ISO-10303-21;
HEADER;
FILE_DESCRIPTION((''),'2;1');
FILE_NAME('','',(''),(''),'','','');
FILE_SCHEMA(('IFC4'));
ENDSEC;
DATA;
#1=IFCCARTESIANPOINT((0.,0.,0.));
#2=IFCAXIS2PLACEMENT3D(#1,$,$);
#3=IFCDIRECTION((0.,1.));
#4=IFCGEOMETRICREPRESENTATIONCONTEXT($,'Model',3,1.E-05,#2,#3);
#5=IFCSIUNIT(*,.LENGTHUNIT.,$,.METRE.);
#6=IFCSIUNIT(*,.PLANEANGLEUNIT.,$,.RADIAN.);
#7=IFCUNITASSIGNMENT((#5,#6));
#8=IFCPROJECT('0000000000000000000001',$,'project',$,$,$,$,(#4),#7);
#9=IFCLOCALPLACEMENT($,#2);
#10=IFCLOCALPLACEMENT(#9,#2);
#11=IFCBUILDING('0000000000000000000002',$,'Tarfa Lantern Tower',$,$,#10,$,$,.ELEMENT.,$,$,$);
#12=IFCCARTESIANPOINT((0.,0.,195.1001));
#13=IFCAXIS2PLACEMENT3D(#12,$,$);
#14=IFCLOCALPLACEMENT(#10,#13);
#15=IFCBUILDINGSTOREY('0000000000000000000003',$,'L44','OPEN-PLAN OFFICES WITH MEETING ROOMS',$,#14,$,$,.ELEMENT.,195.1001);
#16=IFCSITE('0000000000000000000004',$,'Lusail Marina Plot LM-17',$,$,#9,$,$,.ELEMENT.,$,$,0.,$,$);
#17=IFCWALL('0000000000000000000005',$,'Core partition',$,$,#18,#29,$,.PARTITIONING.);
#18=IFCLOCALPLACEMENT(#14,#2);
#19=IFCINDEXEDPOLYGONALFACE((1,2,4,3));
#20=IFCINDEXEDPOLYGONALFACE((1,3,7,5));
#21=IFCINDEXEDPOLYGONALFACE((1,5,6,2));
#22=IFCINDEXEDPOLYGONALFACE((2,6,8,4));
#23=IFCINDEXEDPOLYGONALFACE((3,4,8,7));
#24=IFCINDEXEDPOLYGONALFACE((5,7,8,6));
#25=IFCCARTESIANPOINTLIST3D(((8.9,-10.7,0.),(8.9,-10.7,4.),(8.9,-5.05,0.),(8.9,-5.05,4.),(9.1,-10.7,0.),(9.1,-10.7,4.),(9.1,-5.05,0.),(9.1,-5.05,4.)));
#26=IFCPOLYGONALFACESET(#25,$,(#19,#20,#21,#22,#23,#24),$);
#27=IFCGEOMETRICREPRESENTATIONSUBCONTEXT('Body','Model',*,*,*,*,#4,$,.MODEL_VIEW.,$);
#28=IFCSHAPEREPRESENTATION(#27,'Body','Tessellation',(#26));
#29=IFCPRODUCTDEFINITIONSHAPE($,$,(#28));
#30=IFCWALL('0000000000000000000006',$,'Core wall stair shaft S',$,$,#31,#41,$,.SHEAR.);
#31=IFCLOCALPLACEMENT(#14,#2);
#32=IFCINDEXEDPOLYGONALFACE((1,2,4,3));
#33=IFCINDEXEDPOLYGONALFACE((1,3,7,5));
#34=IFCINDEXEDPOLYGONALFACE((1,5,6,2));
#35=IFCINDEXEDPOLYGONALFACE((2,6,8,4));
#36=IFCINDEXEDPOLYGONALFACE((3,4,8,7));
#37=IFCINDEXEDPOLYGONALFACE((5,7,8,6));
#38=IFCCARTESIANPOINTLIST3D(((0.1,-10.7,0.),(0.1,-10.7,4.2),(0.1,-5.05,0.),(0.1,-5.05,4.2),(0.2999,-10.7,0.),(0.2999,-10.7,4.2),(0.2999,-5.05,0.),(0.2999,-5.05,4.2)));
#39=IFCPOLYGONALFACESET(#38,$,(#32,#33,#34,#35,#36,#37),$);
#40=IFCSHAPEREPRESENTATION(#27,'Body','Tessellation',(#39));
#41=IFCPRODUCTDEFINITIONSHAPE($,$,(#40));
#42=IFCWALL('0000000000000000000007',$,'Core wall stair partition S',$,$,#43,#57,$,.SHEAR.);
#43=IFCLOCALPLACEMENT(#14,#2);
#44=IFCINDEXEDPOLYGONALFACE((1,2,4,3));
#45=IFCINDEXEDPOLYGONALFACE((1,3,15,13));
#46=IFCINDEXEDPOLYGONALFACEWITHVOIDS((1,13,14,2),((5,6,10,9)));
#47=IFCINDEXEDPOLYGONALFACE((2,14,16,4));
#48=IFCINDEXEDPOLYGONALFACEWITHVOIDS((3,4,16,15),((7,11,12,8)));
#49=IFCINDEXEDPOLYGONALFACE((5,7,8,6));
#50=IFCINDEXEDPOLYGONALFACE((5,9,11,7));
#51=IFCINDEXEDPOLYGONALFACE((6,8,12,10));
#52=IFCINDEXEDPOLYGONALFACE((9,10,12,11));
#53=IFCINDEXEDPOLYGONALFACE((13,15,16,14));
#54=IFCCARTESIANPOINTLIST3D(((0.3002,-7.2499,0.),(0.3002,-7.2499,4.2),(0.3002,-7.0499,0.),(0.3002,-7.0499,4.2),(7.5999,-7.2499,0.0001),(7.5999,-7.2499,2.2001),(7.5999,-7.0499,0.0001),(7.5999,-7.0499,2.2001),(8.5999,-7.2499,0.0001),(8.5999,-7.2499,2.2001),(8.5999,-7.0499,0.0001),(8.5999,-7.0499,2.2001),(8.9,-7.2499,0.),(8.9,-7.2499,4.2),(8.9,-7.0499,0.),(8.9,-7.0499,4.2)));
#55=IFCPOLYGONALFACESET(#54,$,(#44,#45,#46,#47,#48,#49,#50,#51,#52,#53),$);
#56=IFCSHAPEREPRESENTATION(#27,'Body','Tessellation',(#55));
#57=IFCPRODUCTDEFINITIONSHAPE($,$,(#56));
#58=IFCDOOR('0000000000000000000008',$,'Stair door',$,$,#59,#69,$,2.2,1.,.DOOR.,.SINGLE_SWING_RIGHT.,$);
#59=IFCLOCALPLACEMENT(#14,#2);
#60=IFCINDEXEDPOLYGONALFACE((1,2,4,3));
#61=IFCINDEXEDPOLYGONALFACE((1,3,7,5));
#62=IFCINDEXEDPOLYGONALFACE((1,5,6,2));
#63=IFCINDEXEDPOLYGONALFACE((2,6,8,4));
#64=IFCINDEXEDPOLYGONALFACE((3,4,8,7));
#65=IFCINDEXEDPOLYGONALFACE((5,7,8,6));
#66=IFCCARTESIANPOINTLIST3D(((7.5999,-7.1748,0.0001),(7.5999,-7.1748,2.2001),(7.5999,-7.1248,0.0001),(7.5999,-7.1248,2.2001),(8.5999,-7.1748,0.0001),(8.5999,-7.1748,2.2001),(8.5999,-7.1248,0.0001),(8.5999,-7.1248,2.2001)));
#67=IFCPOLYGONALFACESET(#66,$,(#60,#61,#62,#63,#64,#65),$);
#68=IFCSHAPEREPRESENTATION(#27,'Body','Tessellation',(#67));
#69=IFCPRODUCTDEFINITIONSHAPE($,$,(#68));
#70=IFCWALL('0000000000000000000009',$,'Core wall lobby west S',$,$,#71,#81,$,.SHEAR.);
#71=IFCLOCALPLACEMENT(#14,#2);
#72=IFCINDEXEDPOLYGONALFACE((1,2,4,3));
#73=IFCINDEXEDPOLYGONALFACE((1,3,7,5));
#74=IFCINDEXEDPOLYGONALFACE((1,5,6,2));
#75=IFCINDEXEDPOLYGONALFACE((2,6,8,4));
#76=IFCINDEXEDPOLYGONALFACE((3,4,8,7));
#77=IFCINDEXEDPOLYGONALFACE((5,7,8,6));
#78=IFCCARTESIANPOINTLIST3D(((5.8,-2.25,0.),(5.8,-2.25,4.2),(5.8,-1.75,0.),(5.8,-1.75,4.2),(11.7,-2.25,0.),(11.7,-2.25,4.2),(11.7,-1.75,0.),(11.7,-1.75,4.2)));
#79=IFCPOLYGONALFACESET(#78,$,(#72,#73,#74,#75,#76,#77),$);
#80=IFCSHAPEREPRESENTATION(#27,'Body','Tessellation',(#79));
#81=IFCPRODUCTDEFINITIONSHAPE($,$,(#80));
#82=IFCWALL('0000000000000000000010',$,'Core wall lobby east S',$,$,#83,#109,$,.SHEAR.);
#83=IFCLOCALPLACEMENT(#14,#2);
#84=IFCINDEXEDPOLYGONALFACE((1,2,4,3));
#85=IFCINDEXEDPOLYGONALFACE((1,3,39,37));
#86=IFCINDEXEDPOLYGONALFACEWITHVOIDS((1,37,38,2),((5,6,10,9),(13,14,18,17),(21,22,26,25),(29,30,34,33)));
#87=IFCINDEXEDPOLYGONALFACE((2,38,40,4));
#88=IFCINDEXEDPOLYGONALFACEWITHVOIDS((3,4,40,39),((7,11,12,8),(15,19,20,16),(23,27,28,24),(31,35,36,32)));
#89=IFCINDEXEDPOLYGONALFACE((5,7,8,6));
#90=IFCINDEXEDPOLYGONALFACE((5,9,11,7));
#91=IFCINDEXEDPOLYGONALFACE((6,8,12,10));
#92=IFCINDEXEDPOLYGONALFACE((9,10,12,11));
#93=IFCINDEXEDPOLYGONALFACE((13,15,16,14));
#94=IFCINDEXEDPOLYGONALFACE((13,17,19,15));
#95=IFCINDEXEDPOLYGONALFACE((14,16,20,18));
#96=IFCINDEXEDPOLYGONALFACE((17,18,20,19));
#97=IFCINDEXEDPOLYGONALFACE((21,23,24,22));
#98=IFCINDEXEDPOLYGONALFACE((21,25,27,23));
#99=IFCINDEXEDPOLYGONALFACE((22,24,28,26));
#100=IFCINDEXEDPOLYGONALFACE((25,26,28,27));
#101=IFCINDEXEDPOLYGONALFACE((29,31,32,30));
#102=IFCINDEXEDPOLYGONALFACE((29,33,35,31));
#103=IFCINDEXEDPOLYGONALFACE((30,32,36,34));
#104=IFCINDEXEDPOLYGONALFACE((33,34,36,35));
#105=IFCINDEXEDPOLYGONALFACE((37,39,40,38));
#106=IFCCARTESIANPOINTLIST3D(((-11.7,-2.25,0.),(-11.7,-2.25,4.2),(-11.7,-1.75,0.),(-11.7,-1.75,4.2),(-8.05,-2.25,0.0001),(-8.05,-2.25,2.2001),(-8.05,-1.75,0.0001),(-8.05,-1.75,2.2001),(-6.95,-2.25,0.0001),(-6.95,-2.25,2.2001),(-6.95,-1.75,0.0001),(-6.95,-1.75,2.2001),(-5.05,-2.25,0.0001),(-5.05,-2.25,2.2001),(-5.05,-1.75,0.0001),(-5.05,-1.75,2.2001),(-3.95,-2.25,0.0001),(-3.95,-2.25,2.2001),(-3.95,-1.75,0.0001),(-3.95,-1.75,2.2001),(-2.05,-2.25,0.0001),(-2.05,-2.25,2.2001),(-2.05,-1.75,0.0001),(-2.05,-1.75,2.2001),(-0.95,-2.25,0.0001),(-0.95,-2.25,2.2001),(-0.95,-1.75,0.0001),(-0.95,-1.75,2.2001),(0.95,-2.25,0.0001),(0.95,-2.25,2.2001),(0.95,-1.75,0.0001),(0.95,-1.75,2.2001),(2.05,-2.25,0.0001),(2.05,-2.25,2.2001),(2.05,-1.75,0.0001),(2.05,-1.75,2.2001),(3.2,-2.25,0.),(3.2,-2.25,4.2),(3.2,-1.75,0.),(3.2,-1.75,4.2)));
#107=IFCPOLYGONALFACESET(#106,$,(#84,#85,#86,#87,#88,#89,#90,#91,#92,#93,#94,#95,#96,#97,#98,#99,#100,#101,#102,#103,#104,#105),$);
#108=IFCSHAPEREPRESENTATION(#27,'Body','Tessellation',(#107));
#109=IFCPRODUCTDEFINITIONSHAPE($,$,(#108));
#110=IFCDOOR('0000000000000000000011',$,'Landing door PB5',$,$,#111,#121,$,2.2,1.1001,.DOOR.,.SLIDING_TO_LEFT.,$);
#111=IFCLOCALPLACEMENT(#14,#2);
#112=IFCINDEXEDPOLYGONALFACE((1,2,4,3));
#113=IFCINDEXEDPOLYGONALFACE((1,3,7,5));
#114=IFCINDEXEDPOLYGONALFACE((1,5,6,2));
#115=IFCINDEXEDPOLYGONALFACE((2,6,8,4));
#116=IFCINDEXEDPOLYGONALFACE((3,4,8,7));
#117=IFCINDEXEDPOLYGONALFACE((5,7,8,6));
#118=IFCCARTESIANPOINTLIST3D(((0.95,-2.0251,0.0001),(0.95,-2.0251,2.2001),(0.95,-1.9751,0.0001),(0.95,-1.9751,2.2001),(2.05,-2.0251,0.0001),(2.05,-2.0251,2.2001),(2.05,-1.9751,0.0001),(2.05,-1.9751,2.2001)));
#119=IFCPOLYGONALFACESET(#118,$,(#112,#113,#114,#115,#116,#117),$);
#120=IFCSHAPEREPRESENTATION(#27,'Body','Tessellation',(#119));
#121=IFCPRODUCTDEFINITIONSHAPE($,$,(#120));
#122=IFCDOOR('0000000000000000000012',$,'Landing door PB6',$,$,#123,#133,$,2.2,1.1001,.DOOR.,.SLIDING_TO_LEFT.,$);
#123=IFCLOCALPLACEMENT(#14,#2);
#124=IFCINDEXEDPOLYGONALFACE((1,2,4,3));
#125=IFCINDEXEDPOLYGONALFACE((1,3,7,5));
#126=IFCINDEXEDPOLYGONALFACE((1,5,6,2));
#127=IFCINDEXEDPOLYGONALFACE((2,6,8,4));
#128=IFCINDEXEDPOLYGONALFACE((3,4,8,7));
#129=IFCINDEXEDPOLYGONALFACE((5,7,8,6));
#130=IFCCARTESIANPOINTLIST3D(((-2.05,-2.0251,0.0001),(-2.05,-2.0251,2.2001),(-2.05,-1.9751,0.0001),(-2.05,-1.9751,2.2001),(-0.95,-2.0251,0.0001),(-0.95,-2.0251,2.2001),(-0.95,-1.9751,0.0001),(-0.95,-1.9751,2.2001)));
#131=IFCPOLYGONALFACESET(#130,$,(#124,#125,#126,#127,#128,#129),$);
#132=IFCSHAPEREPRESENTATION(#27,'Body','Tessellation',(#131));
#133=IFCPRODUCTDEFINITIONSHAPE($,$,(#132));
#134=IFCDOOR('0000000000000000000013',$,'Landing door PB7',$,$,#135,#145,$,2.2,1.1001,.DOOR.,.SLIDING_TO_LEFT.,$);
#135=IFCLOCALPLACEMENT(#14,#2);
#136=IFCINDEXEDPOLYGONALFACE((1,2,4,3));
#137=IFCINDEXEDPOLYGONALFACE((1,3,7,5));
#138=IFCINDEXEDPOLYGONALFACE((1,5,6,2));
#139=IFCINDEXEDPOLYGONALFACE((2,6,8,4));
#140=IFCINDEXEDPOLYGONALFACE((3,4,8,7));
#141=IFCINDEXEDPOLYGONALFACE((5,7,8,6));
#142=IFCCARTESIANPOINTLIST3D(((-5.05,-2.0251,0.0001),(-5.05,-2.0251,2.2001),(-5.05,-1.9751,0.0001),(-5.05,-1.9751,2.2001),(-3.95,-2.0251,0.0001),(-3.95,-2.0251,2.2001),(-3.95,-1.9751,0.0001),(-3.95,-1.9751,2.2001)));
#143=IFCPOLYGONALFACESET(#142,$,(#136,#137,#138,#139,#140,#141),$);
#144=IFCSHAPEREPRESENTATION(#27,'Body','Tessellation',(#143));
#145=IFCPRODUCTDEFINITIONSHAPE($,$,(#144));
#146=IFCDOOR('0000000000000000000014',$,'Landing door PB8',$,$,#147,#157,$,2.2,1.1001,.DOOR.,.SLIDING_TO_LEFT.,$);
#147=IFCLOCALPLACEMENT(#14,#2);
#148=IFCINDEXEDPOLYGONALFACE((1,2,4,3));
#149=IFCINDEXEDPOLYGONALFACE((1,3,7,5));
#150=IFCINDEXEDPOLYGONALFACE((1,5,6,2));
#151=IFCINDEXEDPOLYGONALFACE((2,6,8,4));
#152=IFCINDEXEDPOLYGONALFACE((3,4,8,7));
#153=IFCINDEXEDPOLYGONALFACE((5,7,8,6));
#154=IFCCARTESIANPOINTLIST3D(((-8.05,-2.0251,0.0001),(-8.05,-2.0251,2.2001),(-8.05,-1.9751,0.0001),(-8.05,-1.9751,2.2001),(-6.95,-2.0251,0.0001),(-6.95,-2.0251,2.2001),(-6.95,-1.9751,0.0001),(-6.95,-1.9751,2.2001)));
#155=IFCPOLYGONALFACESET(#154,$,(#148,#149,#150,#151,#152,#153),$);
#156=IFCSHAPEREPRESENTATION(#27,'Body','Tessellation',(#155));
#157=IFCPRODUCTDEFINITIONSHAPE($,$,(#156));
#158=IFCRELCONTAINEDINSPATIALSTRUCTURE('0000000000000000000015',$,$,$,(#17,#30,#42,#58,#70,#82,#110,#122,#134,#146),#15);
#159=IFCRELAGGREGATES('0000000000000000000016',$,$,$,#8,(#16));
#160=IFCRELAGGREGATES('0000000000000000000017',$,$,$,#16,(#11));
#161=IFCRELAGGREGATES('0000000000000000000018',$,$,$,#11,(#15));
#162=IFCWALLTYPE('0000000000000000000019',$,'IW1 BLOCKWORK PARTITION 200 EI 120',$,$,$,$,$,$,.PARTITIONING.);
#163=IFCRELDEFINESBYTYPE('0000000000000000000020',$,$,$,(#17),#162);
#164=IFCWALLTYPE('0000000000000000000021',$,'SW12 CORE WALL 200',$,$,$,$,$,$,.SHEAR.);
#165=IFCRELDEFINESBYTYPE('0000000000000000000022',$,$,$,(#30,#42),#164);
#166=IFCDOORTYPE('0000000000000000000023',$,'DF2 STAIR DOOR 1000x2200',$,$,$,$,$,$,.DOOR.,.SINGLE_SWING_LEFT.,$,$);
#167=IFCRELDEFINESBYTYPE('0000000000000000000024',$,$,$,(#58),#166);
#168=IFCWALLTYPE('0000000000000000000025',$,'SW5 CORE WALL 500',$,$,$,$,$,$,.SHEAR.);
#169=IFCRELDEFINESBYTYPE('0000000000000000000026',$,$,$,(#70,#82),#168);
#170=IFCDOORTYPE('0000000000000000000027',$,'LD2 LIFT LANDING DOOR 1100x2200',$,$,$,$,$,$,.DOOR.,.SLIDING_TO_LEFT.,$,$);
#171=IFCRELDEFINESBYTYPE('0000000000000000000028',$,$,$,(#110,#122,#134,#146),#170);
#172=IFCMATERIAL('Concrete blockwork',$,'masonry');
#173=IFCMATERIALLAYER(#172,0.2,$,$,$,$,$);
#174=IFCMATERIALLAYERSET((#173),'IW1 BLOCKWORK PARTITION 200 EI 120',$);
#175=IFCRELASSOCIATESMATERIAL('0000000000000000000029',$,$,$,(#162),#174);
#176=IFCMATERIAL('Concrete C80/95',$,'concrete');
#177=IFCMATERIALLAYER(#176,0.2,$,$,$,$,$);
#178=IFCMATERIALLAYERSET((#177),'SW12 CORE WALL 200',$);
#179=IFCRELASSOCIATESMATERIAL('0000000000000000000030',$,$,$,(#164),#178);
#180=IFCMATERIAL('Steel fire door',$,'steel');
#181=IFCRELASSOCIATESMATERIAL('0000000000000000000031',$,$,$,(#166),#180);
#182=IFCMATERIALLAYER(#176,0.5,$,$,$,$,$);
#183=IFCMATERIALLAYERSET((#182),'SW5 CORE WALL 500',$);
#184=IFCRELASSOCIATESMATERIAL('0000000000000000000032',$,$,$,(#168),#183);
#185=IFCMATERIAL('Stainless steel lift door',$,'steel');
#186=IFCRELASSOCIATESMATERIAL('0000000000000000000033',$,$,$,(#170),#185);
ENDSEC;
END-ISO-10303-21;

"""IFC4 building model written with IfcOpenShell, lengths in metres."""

from ifc_helpers import new_model, si_unit, direction, frame, frame_2d, origin, place, context, subcontext, project, spatial, rectangle, extrude, material, layer, layer_set, type_object, element, fill, save


model = new_model("IFC4")

# Units and contexts
model_context = context("Model", 3, precision=1e-05, world=origin(), true_north=direction((0.0, 1.0)))
body_context = subcontext(model_context, "Body", "Model", "MODEL_VIEW")
ifc_project = project(units=[si_unit("LENGTHUNIT", "METRE"), si_unit("PLANEANGLEUNIT", "RADIAN")], contexts=[model_context])

# Site, building, storey
site_placement = place(None, origin())
site = spatial("IfcSite", under=ifc_project, at=site_placement, Name="Lusail Marina Plot LM-17", CompositionType="ELEMENT", RefElevation=0.0)
building_placement = place(site_placement, origin())
building = spatial("IfcBuilding", under=site, at=building_placement, Name="Tarfa Lantern Tower", CompositionType="ELEMENT")
storey_placement = place(building_placement, frame((0.0, 0.0, 195.1001)))
storey = spatial("IfcBuildingStorey", under=building, at=storey_placement, Name="L44", Description="OPEN-PLAN OFFICES WITH MEETING ROOMS", CompositionType="ELEMENT", Elevation=195.1001)

# Walls
ifc_material_1 = material(Name="Concrete blockwork", Category="masonry")
ifc_layer_1 = layer(ifc_material_1, 0.2)
ifc_layer_set_1 = layer_set([ifc_layer_1], Name="IW1 BLOCKWORK PARTITION 200 EI 120")
wall_type_1 = type_object("IfcWallType", Name="IW1 BLOCKWORK PARTITION 200 EI 120", PredefinedType="PARTITIONING", material=ifc_layer_set_1)
wall_1_placement = place(storey_placement, frame((9.0, -5.05, 0.0), z_axis=(0.0, 0.0, 1.0), x_axis=(0.0, -1.0, 0.0)))
element("IfcWall", 1, at=wall_1_placement, inside=storey, type_object=wall_type_1, Name="Core partition", PredefinedType="PARTITIONING", context=body_context, shape_type="SweptSolid", body=[
    extrude(rectangle(XDim=5.6499, YDim=0.2, at=frame_2d((2.825, 0.0))), origin(), (0.0, 0.0, 1.0), 4.0),
])
ifc_material_2 = material(Name="Concrete C80/95", Category="concrete")
ifc_layer_2 = layer(ifc_material_2, 0.2)
ifc_layer_set_2 = layer_set([ifc_layer_2], Name="SW12 CORE WALL 200")
wall_type_2 = type_object("IfcWallType", Name="SW12 CORE WALL 200", PredefinedType="SHEAR", material=ifc_layer_set_2)
wall_2_placement = place(storey_placement, frame((0.2, -5.05, 0.0), z_axis=(0.0, 0.0, 1.0), x_axis=(0.0, -1.0, 0.0)))
element("IfcWall", 2, at=wall_2_placement, inside=storey, type_object=wall_type_2, Name="Core wall stair shaft S", PredefinedType="SHEAR", context=body_context, shape_type="SweptSolid", body=[
    extrude(rectangle(XDim=5.6499, YDim=0.2, at=frame_2d((2.825, 0.0))), origin(), (0.0, 0.0, 1.0), 4.2),
])

# Wall, opening, door
wall_3_placement = place(storey_placement, frame((8.8999, -7.1499, 0.0), z_axis=(0.0, 0.0, 1.0), x_axis=(-1.0, 0.0, 0.0)))
wall_3 = element("IfcWall", 3, at=wall_3_placement, inside=storey, type_object=wall_type_2, Name="Core wall stair partition S", PredefinedType="SHEAR", context=body_context, shape_type="SweptSolid", body=[
    extrude(rectangle(XDim=8.5999, YDim=0.2, at=frame_2d((4.2998, 0.0))), origin(), (0.0, 0.0, 1.0), 4.2),
])
opening_1_placement = place(wall_3_placement, frame((0.3, 0.0, 0.0)))
opening_1 = element("IfcOpeningElement", 4, at=opening_1_placement, cuts=wall_3, PredefinedType="OPENING", context=body_context, shape_type="SweptSolid", body=[
    extrude(rectangle(XDim=1.0, YDim=2.2, at=frame_2d((0.5, 1.1001))), frame((0.0, 0.1099, 0.0), z_axis=(0.0, -1.0, 0.0), x_axis=(1.0, 0.0, 0.0)), (0.0, 0.0, 1.0), 0.22),
])
ifc_material_3 = material(Name="Steel fire door", Category="steel")
door_type_1 = type_object("IfcDoorType", Name="DF2 STAIR DOOR 1000x2200", OperationType="SINGLE_SWING_LEFT", PredefinedType="DOOR", material=ifc_material_3)
door_1_placement = place(opening_1_placement, origin())
door_1 = element("IfcDoor", 5, at=door_1_placement, inside=storey, type_object=door_type_1, Name="Stair door", OperationType="SINGLE_SWING_RIGHT", OverallHeight=2.2, OverallWidth=1.0, PredefinedType="DOOR", context=body_context, shape_type="SweptSolid", body=[
    extrude(rectangle(XDim=1.0, YDim=2.2, at=frame_2d((0.5, 1.1001))), frame((0.0, 0.0249, 0.0), z_axis=(0.0, -1.0, 0.0), x_axis=(1.0, 0.0, 0.0)), (0.0, 0.0, 1.0), 0.05),
])
fill(opening_1, door_1)

# Wall
ifc_layer_3 = layer(ifc_material_2, 0.5)
ifc_layer_set_3 = layer_set([ifc_layer_3], Name="SW5 CORE WALL 500")
wall_type_3 = type_object("IfcWallType", Name="SW5 CORE WALL 500", PredefinedType="SHEAR", material=ifc_layer_set_3)
wall_4_placement = place(storey_placement, frame((11.7, -2.0, 0.0), z_axis=(0.0, 0.0, 1.0), x_axis=(-1.0, 0.0, 0.0)))
element("IfcWall", 6, at=wall_4_placement, inside=storey, type_object=wall_type_3, Name="Core wall lobby west S", PredefinedType="SHEAR", context=body_context, shape_type="SweptSolid", body=[
    extrude(rectangle(XDim=5.8999, YDim=0.5, at=frame_2d((2.95, 0.0))), origin(), (0.0, 0.0, 1.0), 4.2),
])

# Wall, openings, doors
wall_5_placement = place(storey_placement, frame((3.2, -2.0, 0.0), z_axis=(0.0, 0.0, 1.0), x_axis=(-1.0, 0.0, 0.0)))
wall_5 = element("IfcWall", 7, at=wall_5_placement, inside=storey, type_object=wall_type_3, Name="Core wall lobby east S", PredefinedType="SHEAR", context=body_context, shape_type="SweptSolid", body=[
    extrude(rectangle(XDim=14.8999, YDim=0.5, at=frame_2d((7.45, 0.0))), origin(), (0.0, 0.0, 1.0), 4.2),
])
opening_2_placement = place(wall_5_placement, frame((1.1499, 0.0, 0.0)))
opening_2 = element("IfcOpeningElement", 8, at=opening_2_placement, cuts=wall_5, PredefinedType="OPENING", context=body_context, shape_type="SweptSolid", body=[
    extrude(rectangle(XDim=1.1001, YDim=2.2, at=frame_2d((0.55, 1.1001))), frame((0.0, 0.26, 0.0), z_axis=(0.0, -1.0, 0.0), x_axis=(1.0, 0.0, 0.0)), (0.0, 0.0, 1.0), 0.52),
])
opening_3_placement = place(wall_5_placement, frame((4.1499, 0.0, 0.0)))
opening_3 = element("IfcOpeningElement", 9, at=opening_3_placement, cuts=wall_5, PredefinedType="OPENING", context=body_context, shape_type="SweptSolid", body=[
    extrude(rectangle(XDim=1.1001, YDim=2.2, at=frame_2d((0.55, 1.1001))), frame((0.0, 0.26, 0.0), z_axis=(0.0, -1.0, 0.0), x_axis=(1.0, 0.0, 0.0)), (0.0, 0.0, 1.0), 0.52),
])
opening_4_placement = place(wall_5_placement, frame((7.1499, 0.0, 0.0)))
opening_4 = element("IfcOpeningElement", 10, at=opening_4_placement, cuts=wall_5, PredefinedType="OPENING", context=body_context, shape_type="SweptSolid", body=[
    extrude(rectangle(XDim=1.1001, YDim=2.2, at=frame_2d((0.55, 1.1001))), frame((0.0, 0.26, 0.0), z_axis=(0.0, -1.0, 0.0), x_axis=(1.0, 0.0, 0.0)), (0.0, 0.0, 1.0), 0.52),
])
opening_5_placement = place(wall_5_placement, frame((10.1499, 0.0, 0.0)))
opening_5 = element("IfcOpeningElement", 11, at=opening_5_placement, cuts=wall_5, PredefinedType="OPENING", context=body_context, shape_type="SweptSolid", body=[
    extrude(rectangle(XDim=1.1001, YDim=2.2, at=frame_2d((0.55, 1.1001))), frame((0.0, 0.26, 0.0), z_axis=(0.0, -1.0, 0.0), x_axis=(1.0, 0.0, 0.0)), (0.0, 0.0, 1.0), 0.52),
])
ifc_material_4 = material(Name="Stainless steel lift door", Category="steel")
door_type_2 = type_object("IfcDoorType", Name="LD2 LIFT LANDING DOOR 1100x2200", OperationType="SLIDING_TO_LEFT", PredefinedType="DOOR", material=ifc_material_4)
door_2_placement = place(opening_2_placement, frame((1.1001, 0.0, 0.0), z_axis=(0.0, 0.0, 1.0), x_axis=(-1.0, 0.0, 0.0)))
door_2 = element("IfcDoor", 12, at=door_2_placement, inside=storey, type_object=door_type_2, Name="Landing door PB5", OperationType="SLIDING_TO_LEFT", OverallHeight=2.2, OverallWidth=1.1001, PredefinedType="DOOR", context=body_context, shape_type="SweptSolid", body=[
    extrude(rectangle(XDim=1.1001, YDim=2.2, at=frame_2d((0.55, 1.1001))), frame((0.0, 0.0249, 0.0), z_axis=(0.0, -1.0, 0.0), x_axis=(1.0, 0.0, 0.0)), (0.0, 0.0, 1.0), 0.05),
])
fill(opening_2, door_2)
door_3_placement = place(opening_3_placement, frame((1.1001, 0.0, 0.0), z_axis=(0.0, 0.0, 1.0), x_axis=(-1.0, 0.0, 0.0)))
door_3 = element("IfcDoor", 13, at=door_3_placement, inside=storey, type_object=door_type_2, Name="Landing door PB6", OperationType="SLIDING_TO_LEFT", OverallHeight=2.2, OverallWidth=1.1001, PredefinedType="DOOR", context=body_context, shape_type="SweptSolid", body=[
    extrude(rectangle(XDim=1.1001, YDim=2.2, at=frame_2d((0.55, 1.1001))), frame((0.0, 0.0249, 0.0), z_axis=(0.0, -1.0, 0.0), x_axis=(1.0, 0.0, 0.0)), (0.0, 0.0, 1.0), 0.05),
])
fill(opening_3, door_3)
door_4_placement = place(opening_4_placement, frame((1.1001, 0.0, 0.0), z_axis=(0.0, 0.0, 1.0), x_axis=(-1.0, 0.0, 0.0)))
door_4 = element("IfcDoor", 14, at=door_4_placement, inside=storey, type_object=door_type_2, Name="Landing door PB7", OperationType="SLIDING_TO_LEFT", OverallHeight=2.2, OverallWidth=1.1001, PredefinedType="DOOR", context=body_context, shape_type="SweptSolid", body=[
    extrude(rectangle(XDim=1.1001, YDim=2.2, at=frame_2d((0.55, 1.1001))), frame((0.0, 0.0249, 0.0), z_axis=(0.0, -1.0, 0.0), x_axis=(1.0, 0.0, 0.0)), (0.0, 0.0, 1.0), 0.05),
])
fill(opening_4, door_4)
door_5_placement = place(opening_5_placement, frame((1.1001, 0.0, 0.0), z_axis=(0.0, 0.0, 1.0), x_axis=(-1.0, 0.0, 0.0)))
door_5 = element("IfcDoor", 15, at=door_5_placement, inside=storey, type_object=door_type_2, Name="Landing door PB8", OperationType="SLIDING_TO_LEFT", OverallHeight=2.2, OverallWidth=1.1001, PredefinedType="DOOR", context=body_context, shape_type="SweptSolid", body=[
    extrude(rectangle(XDim=1.1001, YDim=2.2, at=frame_2d((0.55, 1.1001))), frame((0.0, 0.0249, 0.0), z_axis=(0.0, -1.0, 0.0), x_axis=(1.0, 0.0, 0.0)), (0.0, 0.0, 1.0), 0.05),
])
fill(opening_5, door_5)

save(model, "model.ifc")
